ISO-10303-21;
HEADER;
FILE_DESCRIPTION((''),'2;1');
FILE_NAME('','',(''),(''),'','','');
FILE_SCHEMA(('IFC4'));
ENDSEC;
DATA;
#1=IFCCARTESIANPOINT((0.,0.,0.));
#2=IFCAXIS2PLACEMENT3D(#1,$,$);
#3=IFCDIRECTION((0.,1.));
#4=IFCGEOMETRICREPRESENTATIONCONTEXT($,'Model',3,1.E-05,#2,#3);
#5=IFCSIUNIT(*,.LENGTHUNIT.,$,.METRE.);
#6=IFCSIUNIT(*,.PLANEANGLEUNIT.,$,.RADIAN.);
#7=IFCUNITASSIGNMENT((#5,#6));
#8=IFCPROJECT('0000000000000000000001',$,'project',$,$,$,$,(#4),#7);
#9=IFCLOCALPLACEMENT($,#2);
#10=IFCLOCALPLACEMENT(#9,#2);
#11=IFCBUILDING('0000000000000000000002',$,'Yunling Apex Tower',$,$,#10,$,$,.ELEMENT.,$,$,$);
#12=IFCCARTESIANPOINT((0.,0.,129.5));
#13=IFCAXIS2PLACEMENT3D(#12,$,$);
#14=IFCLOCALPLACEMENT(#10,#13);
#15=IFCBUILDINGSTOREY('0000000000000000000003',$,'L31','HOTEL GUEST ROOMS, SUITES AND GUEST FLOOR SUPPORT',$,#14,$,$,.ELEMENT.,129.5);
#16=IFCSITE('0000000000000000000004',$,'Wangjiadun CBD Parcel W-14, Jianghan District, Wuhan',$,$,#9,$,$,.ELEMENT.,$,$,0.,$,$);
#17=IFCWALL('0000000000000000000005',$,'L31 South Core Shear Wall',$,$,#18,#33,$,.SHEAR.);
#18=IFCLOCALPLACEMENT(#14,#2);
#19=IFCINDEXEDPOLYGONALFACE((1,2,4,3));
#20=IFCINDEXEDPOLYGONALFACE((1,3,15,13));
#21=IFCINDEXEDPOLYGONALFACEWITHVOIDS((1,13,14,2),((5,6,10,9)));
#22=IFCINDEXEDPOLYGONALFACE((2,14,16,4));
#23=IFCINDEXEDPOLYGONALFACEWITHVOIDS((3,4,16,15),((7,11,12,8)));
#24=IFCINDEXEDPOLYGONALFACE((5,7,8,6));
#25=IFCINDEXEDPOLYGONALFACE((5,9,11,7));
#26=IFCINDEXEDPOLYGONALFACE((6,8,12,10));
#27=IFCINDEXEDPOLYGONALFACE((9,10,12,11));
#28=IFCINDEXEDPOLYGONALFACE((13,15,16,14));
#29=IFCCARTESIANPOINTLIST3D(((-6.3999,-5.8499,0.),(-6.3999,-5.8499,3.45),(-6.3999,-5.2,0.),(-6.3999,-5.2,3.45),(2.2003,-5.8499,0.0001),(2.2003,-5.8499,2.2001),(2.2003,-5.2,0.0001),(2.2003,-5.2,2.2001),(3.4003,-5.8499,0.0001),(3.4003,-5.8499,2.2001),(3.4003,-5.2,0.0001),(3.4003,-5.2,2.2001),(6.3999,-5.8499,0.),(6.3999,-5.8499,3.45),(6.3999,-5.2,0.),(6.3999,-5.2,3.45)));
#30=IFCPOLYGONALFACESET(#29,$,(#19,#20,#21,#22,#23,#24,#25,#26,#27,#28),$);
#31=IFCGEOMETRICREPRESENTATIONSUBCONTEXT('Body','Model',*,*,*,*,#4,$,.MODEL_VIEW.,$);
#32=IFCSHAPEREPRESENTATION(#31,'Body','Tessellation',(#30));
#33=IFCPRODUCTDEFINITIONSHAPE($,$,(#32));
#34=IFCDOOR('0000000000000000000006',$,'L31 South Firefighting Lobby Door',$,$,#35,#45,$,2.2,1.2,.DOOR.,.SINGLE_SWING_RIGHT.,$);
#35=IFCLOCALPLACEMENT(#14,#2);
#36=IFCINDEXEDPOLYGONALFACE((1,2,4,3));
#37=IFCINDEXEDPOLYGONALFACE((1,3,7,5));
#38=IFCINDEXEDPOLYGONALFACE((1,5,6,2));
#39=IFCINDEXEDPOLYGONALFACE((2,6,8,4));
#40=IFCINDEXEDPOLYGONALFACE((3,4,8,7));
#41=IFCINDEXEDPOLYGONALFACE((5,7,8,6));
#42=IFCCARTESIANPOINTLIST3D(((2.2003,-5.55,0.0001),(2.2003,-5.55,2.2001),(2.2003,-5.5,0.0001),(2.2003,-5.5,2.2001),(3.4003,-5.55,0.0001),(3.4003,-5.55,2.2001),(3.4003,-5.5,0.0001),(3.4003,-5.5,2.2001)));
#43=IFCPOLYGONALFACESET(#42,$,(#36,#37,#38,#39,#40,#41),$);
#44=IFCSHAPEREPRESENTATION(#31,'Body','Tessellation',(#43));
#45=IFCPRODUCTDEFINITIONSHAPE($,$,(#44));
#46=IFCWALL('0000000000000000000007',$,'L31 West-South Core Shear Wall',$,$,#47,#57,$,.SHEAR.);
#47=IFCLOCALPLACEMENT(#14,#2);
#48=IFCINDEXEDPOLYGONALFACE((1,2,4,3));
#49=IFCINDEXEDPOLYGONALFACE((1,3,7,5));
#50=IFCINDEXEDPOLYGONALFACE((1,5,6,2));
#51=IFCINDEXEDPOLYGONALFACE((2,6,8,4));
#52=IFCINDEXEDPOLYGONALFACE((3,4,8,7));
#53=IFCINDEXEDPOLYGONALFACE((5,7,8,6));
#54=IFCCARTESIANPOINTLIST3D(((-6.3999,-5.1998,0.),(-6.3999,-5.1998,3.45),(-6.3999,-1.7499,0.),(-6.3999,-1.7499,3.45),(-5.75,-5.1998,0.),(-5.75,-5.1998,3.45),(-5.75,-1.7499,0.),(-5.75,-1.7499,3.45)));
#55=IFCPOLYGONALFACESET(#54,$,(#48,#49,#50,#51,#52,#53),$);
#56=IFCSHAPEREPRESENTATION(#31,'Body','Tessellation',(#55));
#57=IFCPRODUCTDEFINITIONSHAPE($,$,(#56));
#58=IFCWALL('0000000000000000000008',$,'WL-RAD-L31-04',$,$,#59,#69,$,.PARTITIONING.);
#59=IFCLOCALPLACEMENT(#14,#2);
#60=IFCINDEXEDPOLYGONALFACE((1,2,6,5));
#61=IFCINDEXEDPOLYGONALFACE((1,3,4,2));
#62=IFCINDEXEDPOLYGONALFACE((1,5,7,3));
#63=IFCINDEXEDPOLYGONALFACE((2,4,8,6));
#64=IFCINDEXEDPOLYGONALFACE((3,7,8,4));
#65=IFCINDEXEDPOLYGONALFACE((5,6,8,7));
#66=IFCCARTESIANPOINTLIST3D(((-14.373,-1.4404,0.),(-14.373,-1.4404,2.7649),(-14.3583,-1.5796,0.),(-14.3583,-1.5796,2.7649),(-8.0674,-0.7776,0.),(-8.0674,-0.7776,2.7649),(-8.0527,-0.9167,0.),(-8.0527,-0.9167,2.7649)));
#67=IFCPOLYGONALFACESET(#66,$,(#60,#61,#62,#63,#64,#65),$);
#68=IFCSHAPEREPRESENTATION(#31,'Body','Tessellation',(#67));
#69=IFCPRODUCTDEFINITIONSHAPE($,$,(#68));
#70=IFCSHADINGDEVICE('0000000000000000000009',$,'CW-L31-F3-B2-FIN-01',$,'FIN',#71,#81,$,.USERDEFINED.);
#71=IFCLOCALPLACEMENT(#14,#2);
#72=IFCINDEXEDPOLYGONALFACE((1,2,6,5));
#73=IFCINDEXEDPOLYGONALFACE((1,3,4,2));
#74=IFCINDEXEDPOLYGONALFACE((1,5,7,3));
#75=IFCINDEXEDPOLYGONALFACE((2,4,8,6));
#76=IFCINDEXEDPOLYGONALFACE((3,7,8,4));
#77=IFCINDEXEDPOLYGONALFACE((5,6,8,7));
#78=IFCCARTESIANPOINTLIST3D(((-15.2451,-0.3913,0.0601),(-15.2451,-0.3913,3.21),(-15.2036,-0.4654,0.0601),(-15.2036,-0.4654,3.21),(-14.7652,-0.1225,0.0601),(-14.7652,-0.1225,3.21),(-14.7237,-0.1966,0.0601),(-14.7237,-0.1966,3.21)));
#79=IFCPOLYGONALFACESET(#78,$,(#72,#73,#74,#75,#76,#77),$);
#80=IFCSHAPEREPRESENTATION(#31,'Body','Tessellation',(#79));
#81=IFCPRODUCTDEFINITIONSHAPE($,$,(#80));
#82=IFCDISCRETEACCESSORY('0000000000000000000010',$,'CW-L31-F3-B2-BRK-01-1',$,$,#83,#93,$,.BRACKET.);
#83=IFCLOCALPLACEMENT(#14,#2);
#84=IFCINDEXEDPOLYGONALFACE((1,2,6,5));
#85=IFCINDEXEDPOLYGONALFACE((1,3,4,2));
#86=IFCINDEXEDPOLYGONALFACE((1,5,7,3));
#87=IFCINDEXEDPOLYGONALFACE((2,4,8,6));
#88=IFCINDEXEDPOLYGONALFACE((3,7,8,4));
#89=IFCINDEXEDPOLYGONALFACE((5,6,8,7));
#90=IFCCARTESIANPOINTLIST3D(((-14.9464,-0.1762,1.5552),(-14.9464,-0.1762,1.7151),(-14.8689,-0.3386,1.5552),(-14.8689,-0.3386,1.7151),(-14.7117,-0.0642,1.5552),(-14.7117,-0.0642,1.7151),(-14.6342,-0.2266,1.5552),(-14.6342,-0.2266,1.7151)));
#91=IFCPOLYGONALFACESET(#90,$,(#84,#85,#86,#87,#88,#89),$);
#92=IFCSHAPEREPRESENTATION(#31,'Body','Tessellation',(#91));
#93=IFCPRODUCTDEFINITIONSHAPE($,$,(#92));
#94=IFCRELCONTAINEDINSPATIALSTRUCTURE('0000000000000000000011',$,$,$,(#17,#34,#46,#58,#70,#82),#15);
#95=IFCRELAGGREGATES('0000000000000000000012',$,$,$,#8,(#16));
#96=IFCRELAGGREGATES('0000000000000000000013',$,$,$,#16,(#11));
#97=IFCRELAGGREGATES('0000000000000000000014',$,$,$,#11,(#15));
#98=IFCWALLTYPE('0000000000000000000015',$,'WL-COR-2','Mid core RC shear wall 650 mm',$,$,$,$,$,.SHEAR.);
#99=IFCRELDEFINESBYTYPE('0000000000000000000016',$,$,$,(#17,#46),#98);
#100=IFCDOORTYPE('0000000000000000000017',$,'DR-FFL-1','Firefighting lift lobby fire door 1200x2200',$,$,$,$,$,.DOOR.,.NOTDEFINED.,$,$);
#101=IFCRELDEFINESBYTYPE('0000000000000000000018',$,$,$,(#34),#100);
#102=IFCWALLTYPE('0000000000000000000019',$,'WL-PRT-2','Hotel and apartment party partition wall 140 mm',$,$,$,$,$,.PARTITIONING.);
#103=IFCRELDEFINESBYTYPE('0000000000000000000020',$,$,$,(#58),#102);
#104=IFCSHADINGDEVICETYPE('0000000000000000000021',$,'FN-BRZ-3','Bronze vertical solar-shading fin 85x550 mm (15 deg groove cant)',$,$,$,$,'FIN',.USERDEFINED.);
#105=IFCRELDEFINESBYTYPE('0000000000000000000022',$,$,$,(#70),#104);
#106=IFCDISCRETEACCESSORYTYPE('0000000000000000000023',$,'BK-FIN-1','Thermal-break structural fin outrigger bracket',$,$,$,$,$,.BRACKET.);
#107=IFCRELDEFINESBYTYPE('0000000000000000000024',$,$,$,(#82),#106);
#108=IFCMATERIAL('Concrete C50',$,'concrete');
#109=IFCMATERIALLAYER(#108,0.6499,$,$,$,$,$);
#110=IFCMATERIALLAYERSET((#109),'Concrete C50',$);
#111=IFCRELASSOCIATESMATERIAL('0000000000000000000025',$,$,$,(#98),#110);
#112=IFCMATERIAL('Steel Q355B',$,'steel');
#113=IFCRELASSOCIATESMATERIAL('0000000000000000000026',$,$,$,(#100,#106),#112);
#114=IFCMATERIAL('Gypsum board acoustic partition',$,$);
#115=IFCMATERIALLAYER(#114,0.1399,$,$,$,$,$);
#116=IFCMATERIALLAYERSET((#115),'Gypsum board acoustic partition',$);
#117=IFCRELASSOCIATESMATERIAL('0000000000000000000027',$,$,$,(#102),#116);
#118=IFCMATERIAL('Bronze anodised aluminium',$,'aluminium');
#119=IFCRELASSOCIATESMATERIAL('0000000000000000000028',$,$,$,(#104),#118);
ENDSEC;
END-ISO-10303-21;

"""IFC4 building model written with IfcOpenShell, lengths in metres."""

from ifc_helpers import new_model, si_unit, direction, frame, frame_2d, origin, origin_2d, place, context, subcontext, project, spatial, rectangle, extrude, source, transform, mapped, material, layer, layer_set, material_profile, profile_set, type_object, element, fill, save


model = new_model("IFC4")

# Units and contexts
model_context = context("Model", 3, precision=1e-05, world=origin(), true_north=direction((0.0, 1.0)))
body_context = subcontext(model_context, "Body", "Model", "MODEL_VIEW")
ifc_project = project(units=[si_unit("LENGTHUNIT", "METRE"), si_unit("PLANEANGLEUNIT", "RADIAN")], contexts=[model_context])

# Site, building, storey
site_placement = place(None, origin())
site = spatial("IfcSite", under=ifc_project, at=site_placement, Name="Wangjiadun CBD Parcel W-14, Jianghan District, Wuhan", CompositionType="ELEMENT", RefElevation=0.0)
building_placement = place(site_placement, origin())
building = spatial("IfcBuilding", under=site, at=building_placement, Name="Yunling Apex Tower", CompositionType="ELEMENT")
storey_placement = place(building_placement, frame((0.0, 0.0, 129.5)))
storey = spatial("IfcBuildingStorey", under=building, at=storey_placement, Name="L31", Description="HOTEL GUEST ROOMS, SUITES AND GUEST FLOOR SUPPORT", CompositionType="ELEMENT", Elevation=129.5)

# Shared definitions
ifc_material_1 = material(Name="Steel Q355B", Category="steel")

# Shared definitions
ifc_material_2 = material(Name="Bronze anodised aluminium", Category="aluminium")

# Wall, opening, door
ifc_material_3 = material(Name="Concrete C50", Category="concrete")
ifc_layer_1 = layer(ifc_material_3, 0.6499)
ifc_layer_set_1 = layer_set([ifc_layer_1], Name="Concrete C50")
wall_type_1 = type_object("IfcWallType", Name="WL-COR-2", Description="Mid core RC shear wall 650 mm", PredefinedType="SHEAR", material=ifc_layer_set_1)
wall_1_placement = place(storey_placement, frame((-6.3999, -5.5249, 0.0), z_axis=(0.0, 0.0, 1.0), x_axis=(1.0, 0.0, 0.0)))
wall_1 = element("IfcWall", 1, at=wall_1_placement, inside=storey, type_object=wall_type_1, Name="L31 South Core Shear Wall", PredefinedType="SHEAR", context=body_context, shape_type="SweptSolid", body=[
    extrude(rectangle(XDim=12.7998, YDim=0.6499, at=frame_2d((6.3999, 0.0))), origin(), (0.0, 0.0, 1.0), 3.45),
])
opening_placement = place(wall_1_placement, frame((8.6001, 0.0, 0.0)))
opening = element("IfcOpeningElement", 2, at=opening_placement, cuts=wall_1, PredefinedType="OPENING", context=body_context, shape_type="SweptSolid", body=[
    extrude(rectangle(XDim=1.2, YDim=2.2, at=frame_2d((0.6001, 1.1001))), frame((0.0, 0.335, 0.0), z_axis=(0.0, -1.0, 0.0), x_axis=(1.0, 0.0, 0.0)), (0.0, 0.0, 1.0), 0.6699),
])
door_type = type_object("IfcDoorType", Name="DR-FFL-1", Description="Firefighting lift lobby fire door 1200x2200", OperationType="NOTDEFINED", PredefinedType="DOOR", material=ifc_material_1)
door_placement = place(opening_placement, origin())
door = element("IfcDoor", 3, at=door_placement, inside=storey, type_object=door_type, Name="L31 South Firefighting Lobby Door", OperationType="SINGLE_SWING_RIGHT", OverallHeight=2.2, OverallWidth=1.2, PredefinedType="DOOR", context=body_context, shape_type="SweptSolid", body=[
    extrude(rectangle(XDim=1.2, YDim=2.2, at=frame_2d((0.6001, 1.1001))), frame((0.0, 0.0249, 0.0), z_axis=(0.0, -1.0, 0.0), x_axis=(1.0, 0.0, 0.0)), (0.0, 0.0, 1.0), 0.05),
])
fill(opening, door)

# Walls
wall_2_placement = place(storey_placement, frame((-6.075, -5.2, 0.0), z_axis=(0.0, 0.0, 1.0), x_axis=(0.0, 1.0, 0.0)))
element("IfcWall", 4, at=wall_2_placement, inside=storey, type_object=wall_type_1, Name="L31 West-South Core Shear Wall", PredefinedType="SHEAR", context=body_context, shape_type="SweptSolid", body=[
    extrude(rectangle(XDim=3.45, YDim=0.6499, at=frame_2d((1.7251, 0.0))), origin(), (0.0, 0.0, 1.0), 3.45),
])
ifc_material_4 = material(Name="Gypsum board acoustic partition")
ifc_layer_2 = layer(ifc_material_4, 0.1399)
ifc_layer_set_2 = layer_set([ifc_layer_2], Name="Gypsum board acoustic partition")
wall_type_2 = type_object("IfcWallType", Name="WL-PRT-2", Description="Hotel and apartment party partition wall 140 mm", PredefinedType="PARTITIONING", material=ifc_layer_set_2)
wall_3_placement = place(storey_placement, frame((-8.0601, -0.8472, 0.0), z_axis=(0.0, 0.0, 1.0), x_axis=(-0.99452, -0.104542, 0.0)))
element("IfcWall", 5, at=wall_3_placement, inside=storey, type_object=wall_type_2, Name="WL-RAD-L31-04", PredefinedType="PARTITIONING", context=body_context, shape_type="SweptSolid", body=[
    extrude(rectangle(XDim=6.3403, YDim=0.1399, at=frame_2d((3.1702, 0.0))), origin(), (0.0, 0.0, 1.0), 2.7649),
])

# Shading device
ifc_material_profile_1 = material_profile(ifc_material_2, rectangle(XDim=0.085, YDim=0.55, at=origin_2d()))
ifc_profile_set_1 = profile_set([ifc_material_profile_1], Name="Bronze anodised aluminium")
shading_device_type = type_object("IfcShadingDeviceType", Name="FN-BRZ-3", Description="Bronze vertical solar-shading fin 85x550 mm (15 deg groove cant)", ElementType="FIN", PredefinedType="USERDEFINED", material=ifc_profile_set_1)
shared_shape_1 = source(origin(), body_context, "Body", "SweptSolid", [
    extrude(rectangle(XDim=0.085, YDim=0.55, at=origin_2d()), origin(), (0.0, 0.0, 1.0), 3.1499),
])
shading_device_placement = place(storey_placement, frame((-14.9844, -0.2939, 0.0601), z_axis=(0.0, 0.0, 1.0), x_axis=(0.488621, -0.872496, 0.0)))
element("IfcShadingDevice", 6, at=shading_device_placement, inside=storey, type_object=shading_device_type, Name="CW-L31-F3-B2-FIN-01", ObjectType="FIN", PredefinedType="USERDEFINED", context=body_context, shape_type="MappedRepresentation", body=[
    mapped(shared_shape_1, transform((0.0, 0.0, 0.0), scale=1.0)),
])

# Discrete accessory
discrete_accessory_type = type_object("IfcDiscreteAccessoryType", Name="BK-FIN-1", Description="Thermal-break structural fin outrigger bracket", PredefinedType="BRACKET", material=ifc_material_1)
shared_shape_2 = source(origin(), body_context, "Body", "SweptSolid", [
    extrude(rectangle(XDim=0.1799, YDim=0.26, at=origin_2d()), origin(), (0.0, 0.0, 1.0), 0.1599),
])
discrete_accessory_placement = place(storey_placement, frame((-14.7903, -0.2014, 1.5552), z_axis=(0.0, 0.0, 1.0), x_axis=(0.430511, -0.902585, 0.0)))
element("IfcDiscreteAccessory", 7, at=discrete_accessory_placement, inside=storey, type_object=discrete_accessory_type, Name="CW-L31-F3-B2-BRK-01-1", PredefinedType="BRACKET", context=body_context, shape_type="MappedRepresentation", body=[
    mapped(shared_shape_2, transform((0.0, 0.0, 0.0), scale=1.0)),
])

save(model, "model.ifc")
